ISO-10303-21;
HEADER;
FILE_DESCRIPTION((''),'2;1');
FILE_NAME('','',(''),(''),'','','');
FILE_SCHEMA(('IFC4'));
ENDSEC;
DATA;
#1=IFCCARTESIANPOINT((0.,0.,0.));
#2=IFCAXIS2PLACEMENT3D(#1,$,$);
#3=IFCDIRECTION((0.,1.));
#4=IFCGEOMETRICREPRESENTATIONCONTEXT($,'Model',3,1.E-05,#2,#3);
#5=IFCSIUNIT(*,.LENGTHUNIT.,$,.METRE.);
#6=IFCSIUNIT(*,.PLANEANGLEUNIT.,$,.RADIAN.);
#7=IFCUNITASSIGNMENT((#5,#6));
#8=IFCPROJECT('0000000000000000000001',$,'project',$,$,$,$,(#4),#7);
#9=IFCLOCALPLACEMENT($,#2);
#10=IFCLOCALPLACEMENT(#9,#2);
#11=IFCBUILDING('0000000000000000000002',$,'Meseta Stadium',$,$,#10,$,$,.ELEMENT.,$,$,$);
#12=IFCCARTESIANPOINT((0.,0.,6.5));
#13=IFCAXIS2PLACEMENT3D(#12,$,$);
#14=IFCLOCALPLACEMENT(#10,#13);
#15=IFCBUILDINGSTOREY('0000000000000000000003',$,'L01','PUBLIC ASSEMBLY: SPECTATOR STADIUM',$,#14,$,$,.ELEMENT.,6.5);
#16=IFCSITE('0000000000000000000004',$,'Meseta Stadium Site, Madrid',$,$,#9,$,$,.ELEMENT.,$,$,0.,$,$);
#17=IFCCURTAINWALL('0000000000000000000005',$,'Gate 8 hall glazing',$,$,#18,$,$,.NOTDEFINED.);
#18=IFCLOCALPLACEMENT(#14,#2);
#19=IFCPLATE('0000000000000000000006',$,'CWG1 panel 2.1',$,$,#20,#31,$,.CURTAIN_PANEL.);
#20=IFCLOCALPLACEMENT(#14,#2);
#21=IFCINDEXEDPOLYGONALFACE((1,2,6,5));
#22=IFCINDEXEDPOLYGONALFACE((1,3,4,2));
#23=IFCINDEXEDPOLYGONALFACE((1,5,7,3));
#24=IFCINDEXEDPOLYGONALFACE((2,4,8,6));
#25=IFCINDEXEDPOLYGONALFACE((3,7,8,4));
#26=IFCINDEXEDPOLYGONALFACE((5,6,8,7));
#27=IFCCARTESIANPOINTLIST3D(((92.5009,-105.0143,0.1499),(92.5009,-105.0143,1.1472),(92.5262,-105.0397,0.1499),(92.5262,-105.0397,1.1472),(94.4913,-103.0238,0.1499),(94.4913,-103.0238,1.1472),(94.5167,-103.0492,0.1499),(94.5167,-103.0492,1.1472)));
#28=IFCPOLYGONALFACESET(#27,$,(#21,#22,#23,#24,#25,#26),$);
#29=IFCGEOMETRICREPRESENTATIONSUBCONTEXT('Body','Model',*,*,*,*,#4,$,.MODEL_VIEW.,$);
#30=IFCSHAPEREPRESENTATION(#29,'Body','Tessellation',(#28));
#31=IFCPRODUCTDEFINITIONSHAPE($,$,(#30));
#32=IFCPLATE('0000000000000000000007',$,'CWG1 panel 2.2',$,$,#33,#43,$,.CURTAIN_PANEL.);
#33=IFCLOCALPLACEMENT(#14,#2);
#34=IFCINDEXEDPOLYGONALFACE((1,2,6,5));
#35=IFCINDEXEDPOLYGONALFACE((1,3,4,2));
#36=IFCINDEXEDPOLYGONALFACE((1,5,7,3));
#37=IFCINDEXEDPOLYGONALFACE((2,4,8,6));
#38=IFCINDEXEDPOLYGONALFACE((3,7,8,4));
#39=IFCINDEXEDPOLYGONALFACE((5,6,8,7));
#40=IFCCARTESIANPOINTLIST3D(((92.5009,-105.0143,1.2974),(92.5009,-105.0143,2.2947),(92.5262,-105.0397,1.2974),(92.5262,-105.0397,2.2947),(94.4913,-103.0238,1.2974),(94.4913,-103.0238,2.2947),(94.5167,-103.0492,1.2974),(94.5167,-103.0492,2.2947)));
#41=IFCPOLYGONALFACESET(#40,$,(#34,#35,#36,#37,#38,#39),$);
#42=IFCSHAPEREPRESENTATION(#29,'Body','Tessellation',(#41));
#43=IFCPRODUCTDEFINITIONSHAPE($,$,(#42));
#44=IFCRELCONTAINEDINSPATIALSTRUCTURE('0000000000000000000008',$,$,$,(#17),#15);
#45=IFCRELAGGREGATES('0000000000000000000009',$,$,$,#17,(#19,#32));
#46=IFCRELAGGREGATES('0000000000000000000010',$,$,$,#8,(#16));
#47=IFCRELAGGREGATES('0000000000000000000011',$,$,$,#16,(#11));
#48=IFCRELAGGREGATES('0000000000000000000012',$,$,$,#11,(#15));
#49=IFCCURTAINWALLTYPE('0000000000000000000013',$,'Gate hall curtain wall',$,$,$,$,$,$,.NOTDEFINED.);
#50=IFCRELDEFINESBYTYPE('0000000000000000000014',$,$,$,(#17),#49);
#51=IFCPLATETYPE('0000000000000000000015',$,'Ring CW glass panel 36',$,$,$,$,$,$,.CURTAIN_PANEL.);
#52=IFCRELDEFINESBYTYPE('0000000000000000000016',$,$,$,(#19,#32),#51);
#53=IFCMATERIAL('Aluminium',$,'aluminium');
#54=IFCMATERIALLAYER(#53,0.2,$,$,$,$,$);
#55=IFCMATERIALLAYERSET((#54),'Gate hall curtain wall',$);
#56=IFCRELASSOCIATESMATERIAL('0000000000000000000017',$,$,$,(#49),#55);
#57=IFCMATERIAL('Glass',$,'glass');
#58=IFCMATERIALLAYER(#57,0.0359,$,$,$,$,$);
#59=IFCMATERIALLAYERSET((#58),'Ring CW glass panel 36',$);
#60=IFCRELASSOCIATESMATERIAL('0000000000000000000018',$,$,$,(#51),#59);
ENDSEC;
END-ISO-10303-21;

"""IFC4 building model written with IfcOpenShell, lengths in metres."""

from ifc_helpers import new_model, si_unit, direction, frame, origin, origin_2d, place, context, subcontext, project, spatial, rectangle, extrude, material, layer, layer_set, type_object, element, aggregate, save


model = new_model("IFC4")

# Units and contexts
model_context = context("Model", 3, precision=1e-05, world=origin(), true_north=direction((0.0, 1.0)))
body_context = subcontext(model_context, "Body", "Model", "MODEL_VIEW")
ifc_project = project(units=[si_unit("LENGTHUNIT", "METRE"), si_unit("PLANEANGLEUNIT", "RADIAN")], contexts=[model_context])

# Site, building, storey
site_placement = place(None, origin())
site = spatial("IfcSite", under=ifc_project, at=site_placement, Name="Meseta Stadium Site, Madrid", CompositionType="ELEMENT", RefElevation=0.0)
building_placement = place(site_placement, origin())
building = spatial("IfcBuilding", under=site, at=building_placement, Name="Meseta Stadium", CompositionType="ELEMENT")
storey_placement = place(building_placement, frame((0.0, 0.0, 6.5)))
storey = spatial("IfcBuildingStorey", under=building, at=storey_placement, Name="L01", Description="PUBLIC ASSEMBLY: SPECTATOR STADIUM", CompositionType="ELEMENT", Elevation=6.5)

# Curtain wall
ifc_material_1 = material(Name="Aluminium", Category="aluminium")
ifc_layer_1 = layer(ifc_material_1, 0.2)
ifc_layer_set_1 = layer_set([ifc_layer_1], Name="Gate hall curtain wall")
curtain_wall_type = type_object("IfcCurtainWallType", Name="Gate hall curtain wall", PredefinedType="NOTDEFINED", material=ifc_layer_set_1)
curtain_wall_placement = place(storey_placement, origin())
curtain_wall = element("IfcCurtainWall", 1, at=curtain_wall_placement, inside=storey, type_object=curtain_wall_type, Name="Gate 8 hall glazing", PredefinedType="NOTDEFINED")

# Plates
ifc_material_2 = material(Name="Glass", Category="glass")
ifc_layer_2 = layer(ifc_material_2, 0.0359)
ifc_layer_set_2 = layer_set([ifc_layer_2], Name="Ring CW glass panel 36")
plate_type = type_object("IfcPlateType", Name="Ring CW glass panel 36", PredefinedType="CURTAIN_PANEL", material=ifc_layer_set_2)
plate_1_placement = place(storey_placement, frame((93.5088, -104.0317, 0.1499), z_axis=(0.0, 0.0, 1.0), x_axis=(-0.707107, -0.707107, 0.0)))
plate_1 = element("IfcPlate", 2, at=plate_1_placement, type_object=plate_type, Name="CWG1 panel 2.1", PredefinedType="CURTAIN_PANEL", context=body_context, shape_type="SweptSolid", body=[
    extrude(rectangle(XDim=2.8149, YDim=0.0359, at=origin_2d()), origin(), (0.0, 0.0, 1.0), 0.9973),
])
plate_2_placement = place(storey_placement, frame((93.5088, -104.0317, 1.2974), z_axis=(0.0, 0.0, 1.0), x_axis=(-0.707107, -0.707107, 0.0)))
plate_2 = element("IfcPlate", 3, at=plate_2_placement, type_object=plate_type, Name="CWG1 panel 2.2", PredefinedType="CURTAIN_PANEL", context=body_context, shape_type="SweptSolid", body=[
    extrude(rectangle(XDim=2.8149, YDim=0.0359, at=origin_2d()), origin(), (0.0, 0.0, 1.0), 0.9973),
])
aggregate(curtain_wall, [plate_1, plate_2])

save(model, "model.ifc")
